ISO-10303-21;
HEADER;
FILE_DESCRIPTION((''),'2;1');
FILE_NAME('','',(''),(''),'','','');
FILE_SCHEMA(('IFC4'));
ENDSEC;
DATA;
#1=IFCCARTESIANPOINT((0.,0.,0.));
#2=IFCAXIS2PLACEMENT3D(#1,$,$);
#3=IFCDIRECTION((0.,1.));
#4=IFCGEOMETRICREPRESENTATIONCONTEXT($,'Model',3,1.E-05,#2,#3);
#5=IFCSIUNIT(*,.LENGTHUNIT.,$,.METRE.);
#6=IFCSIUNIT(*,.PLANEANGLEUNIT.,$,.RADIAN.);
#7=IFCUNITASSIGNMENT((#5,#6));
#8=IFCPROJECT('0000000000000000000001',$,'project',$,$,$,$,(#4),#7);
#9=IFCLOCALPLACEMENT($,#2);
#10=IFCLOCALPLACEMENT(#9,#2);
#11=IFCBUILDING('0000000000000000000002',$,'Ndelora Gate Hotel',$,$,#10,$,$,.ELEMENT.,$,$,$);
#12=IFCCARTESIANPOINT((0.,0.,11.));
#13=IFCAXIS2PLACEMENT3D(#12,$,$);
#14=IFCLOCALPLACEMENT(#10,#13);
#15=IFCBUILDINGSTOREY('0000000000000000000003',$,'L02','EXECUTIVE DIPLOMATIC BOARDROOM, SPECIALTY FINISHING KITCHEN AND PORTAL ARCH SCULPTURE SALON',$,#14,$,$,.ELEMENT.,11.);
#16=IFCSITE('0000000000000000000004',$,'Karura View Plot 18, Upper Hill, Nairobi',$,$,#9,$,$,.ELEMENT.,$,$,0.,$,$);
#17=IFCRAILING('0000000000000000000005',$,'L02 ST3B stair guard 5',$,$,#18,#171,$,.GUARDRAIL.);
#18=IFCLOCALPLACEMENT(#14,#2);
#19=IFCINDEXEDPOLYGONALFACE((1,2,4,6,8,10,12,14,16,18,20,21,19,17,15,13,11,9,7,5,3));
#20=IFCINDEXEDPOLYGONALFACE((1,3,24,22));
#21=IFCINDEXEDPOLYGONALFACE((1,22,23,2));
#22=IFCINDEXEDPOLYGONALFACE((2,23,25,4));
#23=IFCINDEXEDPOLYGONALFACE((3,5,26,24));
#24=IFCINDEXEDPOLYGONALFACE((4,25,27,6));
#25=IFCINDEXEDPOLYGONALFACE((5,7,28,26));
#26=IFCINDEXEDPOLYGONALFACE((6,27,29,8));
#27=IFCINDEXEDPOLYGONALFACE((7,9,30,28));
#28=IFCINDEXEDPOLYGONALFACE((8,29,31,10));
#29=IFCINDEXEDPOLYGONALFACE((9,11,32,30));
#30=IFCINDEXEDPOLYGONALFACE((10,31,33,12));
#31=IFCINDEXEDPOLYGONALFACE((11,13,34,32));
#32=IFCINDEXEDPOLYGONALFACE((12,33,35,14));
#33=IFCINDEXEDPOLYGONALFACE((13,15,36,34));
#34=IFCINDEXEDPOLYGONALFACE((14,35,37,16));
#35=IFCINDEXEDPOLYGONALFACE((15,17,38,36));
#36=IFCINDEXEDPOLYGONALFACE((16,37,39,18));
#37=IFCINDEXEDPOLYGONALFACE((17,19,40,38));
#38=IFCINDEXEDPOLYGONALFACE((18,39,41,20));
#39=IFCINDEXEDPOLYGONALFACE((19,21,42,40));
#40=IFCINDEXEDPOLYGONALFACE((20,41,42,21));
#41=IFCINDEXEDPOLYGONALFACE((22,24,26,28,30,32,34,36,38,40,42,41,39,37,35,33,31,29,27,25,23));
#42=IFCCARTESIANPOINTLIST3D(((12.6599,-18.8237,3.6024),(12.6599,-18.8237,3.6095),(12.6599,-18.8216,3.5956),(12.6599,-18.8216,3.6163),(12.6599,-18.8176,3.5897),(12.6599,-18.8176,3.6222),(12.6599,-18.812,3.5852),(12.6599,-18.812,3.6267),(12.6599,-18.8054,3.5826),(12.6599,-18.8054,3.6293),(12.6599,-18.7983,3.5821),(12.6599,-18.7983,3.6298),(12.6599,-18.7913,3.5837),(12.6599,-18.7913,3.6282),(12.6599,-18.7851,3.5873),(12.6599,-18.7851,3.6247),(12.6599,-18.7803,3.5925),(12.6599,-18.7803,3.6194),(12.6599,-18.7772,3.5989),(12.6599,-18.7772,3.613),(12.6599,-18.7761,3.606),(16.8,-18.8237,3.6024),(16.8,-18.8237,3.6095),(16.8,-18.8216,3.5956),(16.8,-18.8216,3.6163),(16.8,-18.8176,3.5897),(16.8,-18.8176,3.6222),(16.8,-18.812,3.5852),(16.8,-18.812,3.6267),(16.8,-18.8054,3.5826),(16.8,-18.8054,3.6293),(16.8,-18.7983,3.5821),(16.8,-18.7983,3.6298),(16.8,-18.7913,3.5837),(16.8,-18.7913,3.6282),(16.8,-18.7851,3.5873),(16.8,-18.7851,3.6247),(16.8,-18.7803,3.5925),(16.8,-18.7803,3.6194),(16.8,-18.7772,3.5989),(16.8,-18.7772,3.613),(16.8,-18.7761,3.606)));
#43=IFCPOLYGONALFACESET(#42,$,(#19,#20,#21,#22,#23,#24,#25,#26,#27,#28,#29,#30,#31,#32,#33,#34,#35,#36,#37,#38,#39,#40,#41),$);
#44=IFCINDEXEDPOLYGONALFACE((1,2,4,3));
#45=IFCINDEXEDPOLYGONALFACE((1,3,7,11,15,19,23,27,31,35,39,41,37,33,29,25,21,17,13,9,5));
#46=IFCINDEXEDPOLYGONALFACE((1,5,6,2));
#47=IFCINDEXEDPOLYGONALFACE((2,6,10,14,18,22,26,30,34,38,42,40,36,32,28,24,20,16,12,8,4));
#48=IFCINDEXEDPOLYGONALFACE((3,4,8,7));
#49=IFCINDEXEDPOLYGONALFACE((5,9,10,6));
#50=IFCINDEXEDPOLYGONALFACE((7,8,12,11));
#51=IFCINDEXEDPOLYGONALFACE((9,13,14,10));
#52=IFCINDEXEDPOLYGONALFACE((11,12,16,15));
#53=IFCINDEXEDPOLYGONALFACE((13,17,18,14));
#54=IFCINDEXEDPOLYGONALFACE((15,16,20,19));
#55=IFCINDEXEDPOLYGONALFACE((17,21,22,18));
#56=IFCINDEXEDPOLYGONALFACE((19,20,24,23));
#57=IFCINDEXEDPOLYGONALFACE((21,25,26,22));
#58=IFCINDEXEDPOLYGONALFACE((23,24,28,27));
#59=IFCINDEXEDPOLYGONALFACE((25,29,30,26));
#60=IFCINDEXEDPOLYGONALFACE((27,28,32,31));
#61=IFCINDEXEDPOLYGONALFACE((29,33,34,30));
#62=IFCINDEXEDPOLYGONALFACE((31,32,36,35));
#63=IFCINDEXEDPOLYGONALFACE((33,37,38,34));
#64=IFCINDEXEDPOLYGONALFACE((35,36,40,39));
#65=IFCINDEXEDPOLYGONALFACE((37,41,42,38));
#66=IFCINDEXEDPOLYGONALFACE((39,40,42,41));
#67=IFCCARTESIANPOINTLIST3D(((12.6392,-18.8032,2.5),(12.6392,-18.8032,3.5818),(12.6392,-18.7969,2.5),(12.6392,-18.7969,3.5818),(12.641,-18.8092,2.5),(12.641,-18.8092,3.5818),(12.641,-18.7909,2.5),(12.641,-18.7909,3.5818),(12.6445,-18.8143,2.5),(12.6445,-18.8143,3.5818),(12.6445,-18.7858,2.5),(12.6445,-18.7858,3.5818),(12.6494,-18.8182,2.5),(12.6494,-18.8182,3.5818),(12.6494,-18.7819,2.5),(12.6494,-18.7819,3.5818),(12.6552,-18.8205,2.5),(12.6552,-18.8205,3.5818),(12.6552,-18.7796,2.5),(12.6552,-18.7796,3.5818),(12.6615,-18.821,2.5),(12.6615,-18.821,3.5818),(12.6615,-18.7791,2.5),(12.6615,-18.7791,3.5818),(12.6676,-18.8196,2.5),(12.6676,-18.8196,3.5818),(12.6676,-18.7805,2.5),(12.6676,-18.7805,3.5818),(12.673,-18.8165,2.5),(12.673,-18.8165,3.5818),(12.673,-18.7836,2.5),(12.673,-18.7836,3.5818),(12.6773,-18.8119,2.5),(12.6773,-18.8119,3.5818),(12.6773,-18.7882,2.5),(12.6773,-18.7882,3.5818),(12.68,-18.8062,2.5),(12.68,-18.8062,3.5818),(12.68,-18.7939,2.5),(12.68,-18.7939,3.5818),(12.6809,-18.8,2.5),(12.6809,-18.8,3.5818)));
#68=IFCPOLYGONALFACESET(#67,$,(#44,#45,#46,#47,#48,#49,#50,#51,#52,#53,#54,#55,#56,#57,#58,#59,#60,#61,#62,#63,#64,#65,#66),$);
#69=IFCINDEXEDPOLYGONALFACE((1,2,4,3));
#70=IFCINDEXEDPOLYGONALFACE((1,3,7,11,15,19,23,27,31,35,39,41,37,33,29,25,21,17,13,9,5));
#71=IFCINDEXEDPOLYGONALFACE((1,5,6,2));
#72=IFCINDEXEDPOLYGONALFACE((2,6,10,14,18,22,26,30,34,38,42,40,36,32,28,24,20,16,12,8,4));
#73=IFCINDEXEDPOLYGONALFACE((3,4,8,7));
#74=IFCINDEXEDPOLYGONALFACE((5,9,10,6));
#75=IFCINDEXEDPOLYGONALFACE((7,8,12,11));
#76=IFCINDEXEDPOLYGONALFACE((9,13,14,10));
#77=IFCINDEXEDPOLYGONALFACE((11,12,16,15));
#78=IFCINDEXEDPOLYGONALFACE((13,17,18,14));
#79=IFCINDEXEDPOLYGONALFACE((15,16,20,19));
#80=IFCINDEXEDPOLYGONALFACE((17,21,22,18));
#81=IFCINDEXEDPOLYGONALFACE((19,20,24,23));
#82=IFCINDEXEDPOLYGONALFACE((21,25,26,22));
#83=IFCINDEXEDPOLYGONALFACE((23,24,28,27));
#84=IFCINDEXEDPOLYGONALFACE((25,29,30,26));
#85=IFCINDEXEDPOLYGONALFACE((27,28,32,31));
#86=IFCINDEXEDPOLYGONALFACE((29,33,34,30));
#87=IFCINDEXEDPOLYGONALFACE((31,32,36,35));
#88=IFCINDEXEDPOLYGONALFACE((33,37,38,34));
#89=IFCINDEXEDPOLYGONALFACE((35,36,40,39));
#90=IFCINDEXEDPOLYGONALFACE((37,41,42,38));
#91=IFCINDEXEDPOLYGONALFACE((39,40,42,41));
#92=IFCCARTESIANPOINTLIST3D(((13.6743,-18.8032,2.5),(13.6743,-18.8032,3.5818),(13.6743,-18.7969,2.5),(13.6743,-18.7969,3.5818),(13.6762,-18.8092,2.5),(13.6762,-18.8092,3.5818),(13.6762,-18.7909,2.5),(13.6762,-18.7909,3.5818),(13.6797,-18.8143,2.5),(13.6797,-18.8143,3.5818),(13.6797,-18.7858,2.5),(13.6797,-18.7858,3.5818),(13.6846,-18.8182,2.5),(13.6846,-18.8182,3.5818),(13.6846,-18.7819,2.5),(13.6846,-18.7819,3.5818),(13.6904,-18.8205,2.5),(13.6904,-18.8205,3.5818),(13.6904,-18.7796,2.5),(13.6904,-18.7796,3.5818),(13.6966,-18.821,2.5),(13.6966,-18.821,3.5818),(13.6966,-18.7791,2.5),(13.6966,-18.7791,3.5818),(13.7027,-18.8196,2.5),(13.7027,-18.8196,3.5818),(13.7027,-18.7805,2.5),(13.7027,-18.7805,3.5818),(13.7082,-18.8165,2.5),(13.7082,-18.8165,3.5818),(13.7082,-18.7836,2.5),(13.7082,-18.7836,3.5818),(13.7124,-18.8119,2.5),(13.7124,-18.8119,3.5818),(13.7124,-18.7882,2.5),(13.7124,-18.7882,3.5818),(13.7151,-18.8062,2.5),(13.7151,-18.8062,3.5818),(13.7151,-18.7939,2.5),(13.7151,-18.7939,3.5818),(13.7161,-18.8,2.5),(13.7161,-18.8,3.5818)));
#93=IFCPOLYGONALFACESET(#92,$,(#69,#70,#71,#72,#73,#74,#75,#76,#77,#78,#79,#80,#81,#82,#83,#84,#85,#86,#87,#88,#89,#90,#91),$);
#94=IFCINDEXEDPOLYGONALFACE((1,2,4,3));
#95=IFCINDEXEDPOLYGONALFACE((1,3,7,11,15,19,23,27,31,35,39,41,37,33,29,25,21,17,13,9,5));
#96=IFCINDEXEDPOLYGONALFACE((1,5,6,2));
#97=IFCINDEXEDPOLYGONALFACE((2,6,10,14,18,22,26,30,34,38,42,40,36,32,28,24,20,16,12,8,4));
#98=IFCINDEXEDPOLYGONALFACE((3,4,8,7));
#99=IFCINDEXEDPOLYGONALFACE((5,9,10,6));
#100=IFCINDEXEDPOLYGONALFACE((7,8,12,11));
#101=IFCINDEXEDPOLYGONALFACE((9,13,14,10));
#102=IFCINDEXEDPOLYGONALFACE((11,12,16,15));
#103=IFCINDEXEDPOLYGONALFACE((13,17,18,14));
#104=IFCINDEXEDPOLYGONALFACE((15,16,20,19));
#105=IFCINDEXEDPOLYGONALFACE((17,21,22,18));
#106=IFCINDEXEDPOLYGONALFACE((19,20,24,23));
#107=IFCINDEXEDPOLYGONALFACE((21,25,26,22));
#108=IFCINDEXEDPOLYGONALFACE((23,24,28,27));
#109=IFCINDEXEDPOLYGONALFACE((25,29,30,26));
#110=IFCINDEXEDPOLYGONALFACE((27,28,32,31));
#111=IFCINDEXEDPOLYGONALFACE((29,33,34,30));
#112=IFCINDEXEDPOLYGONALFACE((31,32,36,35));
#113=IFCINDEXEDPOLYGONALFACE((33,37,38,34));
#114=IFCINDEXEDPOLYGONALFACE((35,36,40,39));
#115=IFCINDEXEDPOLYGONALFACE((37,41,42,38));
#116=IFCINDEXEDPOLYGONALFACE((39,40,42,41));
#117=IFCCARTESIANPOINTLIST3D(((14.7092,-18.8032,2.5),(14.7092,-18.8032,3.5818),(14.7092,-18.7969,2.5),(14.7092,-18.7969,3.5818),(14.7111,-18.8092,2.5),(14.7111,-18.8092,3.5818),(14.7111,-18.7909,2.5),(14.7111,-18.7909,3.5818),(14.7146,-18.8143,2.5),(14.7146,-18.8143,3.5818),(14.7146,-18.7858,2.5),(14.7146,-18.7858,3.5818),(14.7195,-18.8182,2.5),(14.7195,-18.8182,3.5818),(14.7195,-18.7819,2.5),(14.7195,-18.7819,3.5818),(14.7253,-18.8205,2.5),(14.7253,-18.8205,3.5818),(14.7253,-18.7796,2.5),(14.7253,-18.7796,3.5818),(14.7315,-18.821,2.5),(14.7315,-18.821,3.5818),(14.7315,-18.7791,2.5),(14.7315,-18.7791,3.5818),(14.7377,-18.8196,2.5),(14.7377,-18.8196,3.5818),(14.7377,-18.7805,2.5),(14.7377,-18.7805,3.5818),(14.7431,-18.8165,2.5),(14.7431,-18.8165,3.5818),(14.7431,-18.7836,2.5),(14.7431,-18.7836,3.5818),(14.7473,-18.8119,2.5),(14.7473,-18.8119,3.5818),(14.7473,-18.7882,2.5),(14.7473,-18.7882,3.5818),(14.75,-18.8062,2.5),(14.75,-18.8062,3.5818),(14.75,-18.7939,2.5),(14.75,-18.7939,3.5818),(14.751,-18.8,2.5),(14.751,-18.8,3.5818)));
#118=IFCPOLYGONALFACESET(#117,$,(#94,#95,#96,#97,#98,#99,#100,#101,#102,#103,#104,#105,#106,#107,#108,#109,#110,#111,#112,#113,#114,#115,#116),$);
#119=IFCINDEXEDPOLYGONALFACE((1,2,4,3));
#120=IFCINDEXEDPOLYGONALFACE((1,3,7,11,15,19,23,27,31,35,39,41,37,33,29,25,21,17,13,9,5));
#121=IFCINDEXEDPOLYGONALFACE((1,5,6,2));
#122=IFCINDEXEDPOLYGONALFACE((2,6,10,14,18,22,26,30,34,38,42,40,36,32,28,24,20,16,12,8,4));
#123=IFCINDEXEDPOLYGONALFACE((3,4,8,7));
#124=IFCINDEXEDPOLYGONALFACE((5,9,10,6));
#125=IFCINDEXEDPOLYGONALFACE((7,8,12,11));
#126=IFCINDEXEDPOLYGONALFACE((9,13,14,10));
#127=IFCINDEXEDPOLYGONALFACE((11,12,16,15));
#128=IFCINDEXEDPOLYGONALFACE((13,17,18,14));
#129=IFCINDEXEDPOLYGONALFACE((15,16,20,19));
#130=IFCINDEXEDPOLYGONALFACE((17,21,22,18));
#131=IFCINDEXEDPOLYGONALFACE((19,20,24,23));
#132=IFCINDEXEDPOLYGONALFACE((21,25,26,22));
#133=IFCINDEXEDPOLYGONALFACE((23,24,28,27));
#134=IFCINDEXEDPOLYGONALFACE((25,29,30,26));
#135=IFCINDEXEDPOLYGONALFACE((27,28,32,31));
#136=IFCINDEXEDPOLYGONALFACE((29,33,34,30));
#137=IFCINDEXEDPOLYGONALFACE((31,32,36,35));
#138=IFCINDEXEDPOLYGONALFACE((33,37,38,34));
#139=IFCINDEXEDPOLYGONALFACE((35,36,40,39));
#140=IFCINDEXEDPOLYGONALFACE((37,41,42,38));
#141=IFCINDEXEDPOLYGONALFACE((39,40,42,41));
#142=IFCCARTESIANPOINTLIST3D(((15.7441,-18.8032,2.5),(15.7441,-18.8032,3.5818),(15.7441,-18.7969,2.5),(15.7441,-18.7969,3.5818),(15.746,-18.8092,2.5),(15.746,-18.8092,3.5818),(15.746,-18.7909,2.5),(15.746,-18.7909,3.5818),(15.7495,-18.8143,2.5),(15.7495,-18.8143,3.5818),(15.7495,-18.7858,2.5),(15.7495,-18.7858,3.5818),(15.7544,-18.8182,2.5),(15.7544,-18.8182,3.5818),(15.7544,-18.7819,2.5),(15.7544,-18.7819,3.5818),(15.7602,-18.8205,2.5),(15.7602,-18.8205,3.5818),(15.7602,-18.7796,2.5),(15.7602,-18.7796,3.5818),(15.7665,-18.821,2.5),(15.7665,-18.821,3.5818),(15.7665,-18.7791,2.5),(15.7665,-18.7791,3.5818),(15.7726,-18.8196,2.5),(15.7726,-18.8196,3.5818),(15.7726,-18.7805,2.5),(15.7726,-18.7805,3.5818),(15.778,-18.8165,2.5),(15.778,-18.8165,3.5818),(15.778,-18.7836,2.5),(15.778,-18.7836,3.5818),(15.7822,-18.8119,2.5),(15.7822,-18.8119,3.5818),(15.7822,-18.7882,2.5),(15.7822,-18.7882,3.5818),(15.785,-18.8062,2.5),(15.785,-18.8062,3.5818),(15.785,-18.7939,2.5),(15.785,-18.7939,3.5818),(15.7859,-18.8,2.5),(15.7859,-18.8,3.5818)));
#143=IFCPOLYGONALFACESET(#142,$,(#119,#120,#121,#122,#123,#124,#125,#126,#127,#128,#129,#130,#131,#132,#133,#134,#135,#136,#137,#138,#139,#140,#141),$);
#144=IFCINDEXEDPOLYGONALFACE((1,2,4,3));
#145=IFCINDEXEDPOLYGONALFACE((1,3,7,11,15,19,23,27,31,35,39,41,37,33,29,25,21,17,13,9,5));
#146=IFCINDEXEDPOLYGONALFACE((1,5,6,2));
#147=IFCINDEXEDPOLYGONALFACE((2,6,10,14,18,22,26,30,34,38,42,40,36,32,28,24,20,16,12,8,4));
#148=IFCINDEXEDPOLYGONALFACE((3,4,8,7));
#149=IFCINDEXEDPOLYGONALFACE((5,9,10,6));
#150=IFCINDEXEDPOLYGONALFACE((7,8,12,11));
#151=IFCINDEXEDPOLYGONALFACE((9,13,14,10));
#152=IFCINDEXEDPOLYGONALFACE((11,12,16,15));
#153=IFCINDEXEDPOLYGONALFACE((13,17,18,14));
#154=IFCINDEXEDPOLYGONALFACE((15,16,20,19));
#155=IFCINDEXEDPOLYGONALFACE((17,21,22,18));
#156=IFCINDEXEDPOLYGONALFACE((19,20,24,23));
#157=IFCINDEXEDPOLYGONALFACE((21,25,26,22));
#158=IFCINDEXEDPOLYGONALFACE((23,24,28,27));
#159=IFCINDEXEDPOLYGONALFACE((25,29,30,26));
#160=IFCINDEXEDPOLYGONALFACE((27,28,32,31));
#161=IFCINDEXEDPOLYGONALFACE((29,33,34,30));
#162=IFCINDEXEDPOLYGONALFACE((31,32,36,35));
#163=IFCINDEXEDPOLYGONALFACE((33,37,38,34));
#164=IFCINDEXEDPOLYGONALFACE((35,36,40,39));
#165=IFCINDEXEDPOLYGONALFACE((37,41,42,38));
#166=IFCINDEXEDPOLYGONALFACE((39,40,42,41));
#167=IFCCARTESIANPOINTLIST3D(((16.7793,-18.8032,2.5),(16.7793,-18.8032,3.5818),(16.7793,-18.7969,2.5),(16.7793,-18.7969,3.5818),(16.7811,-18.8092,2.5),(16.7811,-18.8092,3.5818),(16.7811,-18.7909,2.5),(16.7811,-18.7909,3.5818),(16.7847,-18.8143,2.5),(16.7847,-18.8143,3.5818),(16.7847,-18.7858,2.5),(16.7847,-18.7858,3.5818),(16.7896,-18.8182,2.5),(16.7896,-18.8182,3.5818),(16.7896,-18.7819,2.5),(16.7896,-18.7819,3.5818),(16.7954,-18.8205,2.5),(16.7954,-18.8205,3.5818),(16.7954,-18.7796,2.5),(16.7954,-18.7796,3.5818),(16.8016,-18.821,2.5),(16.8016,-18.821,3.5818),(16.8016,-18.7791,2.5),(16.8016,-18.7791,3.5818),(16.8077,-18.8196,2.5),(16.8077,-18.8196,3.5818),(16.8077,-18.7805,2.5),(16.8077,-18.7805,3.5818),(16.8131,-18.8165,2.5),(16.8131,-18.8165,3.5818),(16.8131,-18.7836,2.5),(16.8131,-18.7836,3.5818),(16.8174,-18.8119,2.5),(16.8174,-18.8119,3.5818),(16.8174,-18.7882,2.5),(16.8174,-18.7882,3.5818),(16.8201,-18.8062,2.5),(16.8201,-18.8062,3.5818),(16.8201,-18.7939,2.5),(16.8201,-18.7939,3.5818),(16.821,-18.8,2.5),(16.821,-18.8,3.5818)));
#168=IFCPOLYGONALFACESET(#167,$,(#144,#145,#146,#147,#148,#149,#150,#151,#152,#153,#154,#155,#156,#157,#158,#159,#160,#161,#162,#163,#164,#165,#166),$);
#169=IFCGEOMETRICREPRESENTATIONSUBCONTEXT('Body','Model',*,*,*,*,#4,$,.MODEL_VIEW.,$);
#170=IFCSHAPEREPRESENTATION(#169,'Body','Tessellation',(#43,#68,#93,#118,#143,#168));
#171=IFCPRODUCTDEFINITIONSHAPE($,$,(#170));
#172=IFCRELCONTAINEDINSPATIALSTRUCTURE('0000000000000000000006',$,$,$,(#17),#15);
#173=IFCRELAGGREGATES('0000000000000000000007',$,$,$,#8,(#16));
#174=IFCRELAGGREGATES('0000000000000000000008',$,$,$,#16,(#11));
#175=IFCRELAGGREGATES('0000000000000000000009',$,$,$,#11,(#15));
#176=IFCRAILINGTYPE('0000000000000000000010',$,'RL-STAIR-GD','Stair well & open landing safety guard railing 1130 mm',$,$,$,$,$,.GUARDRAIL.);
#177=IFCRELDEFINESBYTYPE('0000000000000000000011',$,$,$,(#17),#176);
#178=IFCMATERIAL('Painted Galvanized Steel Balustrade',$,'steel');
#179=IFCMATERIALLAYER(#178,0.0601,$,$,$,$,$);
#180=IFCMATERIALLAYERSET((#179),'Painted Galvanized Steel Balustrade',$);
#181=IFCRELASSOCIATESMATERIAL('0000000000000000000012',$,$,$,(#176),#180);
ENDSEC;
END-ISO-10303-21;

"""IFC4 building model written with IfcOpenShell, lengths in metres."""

from ifc_helpers import new_model, si_unit, direction, frame, origin, origin_2d, place, context, subcontext, project, spatial, circle, extrude, material, layer, layer_set, type_object, element, save


model = new_model("IFC4")

# Units and contexts
model_context = context("Model", 3, precision=1e-05, world=origin(), true_north=direction((0.0, 1.0)))
body_context = subcontext(model_context, "Body", "Model", "MODEL_VIEW")
ifc_project = project(units=[si_unit("LENGTHUNIT", "METRE"), si_unit("PLANEANGLEUNIT", "RADIAN")], contexts=[model_context])

# Site, building, storey
site_placement = place(None, origin())
site = spatial("IfcSite", under=ifc_project, at=site_placement, Name="Karura View Plot 18, Upper Hill, Nairobi", CompositionType="ELEMENT", RefElevation=0.0)
building_placement = place(site_placement, origin())
building = spatial("IfcBuilding", under=site, at=building_placement, Name="Ndelora Gate Hotel", CompositionType="ELEMENT")
storey_placement = place(building_placement, frame((0.0, 0.0, 11.0)))
storey = spatial("IfcBuildingStorey", under=building, at=storey_placement, Name="L02", Description="EXECUTIVE DIPLOMATIC BOARDROOM, SPECIALTY FINISHING KITCHEN AND PORTAL ARCH SCULPTURE SALON", CompositionType="ELEMENT", Elevation=11.0)

# Railing
ifc_material_1 = material(Name="Painted Galvanized Steel Balustrade", Category="steel")
ifc_layer_1 = layer(ifc_material_1, 0.0601)
ifc_layer_set_1 = layer_set([ifc_layer_1], Name="Painted Galvanized Steel Balustrade")
railing_type_1 = type_object("IfcRailingType", Name="RL-STAIR-GD", Description="Stair well & open landing safety guard railing 1130 mm", PredefinedType="GUARDRAIL", material=ifc_layer_set_1)
railing_1_placement = place(storey_placement, frame((12.6599, -18.8, 2.5)))
element("IfcRailing", 1, at=railing_1_placement, inside=storey, type_object=railing_type_1, Name="L02 ST3B stair guard 5", PredefinedType="GUARDRAIL", context=body_context, shape_type="SweptSolid", body=[
    extrude(circle(Radius=0.0239, at=origin_2d()), frame((0.0, 0.0, 1.106), z_axis=(1.0, 0.0, 0.0), x_axis=(0.0, 1.0, 0.0)), (0.0, 0.0, 1.0), 4.1401),
    extrude(circle(Radius=0.021, at=origin_2d()), origin(), (0.0, 0.0, 1.0), 1.0818),
    extrude(circle(Radius=0.021, at=origin_2d()), frame((1.0352, 0.0, 0.0)), (0.0, 0.0, 1.0), 1.0818),
    extrude(circle(Radius=0.021, at=origin_2d()), frame((2.0701, 0.0, 0.0)), (0.0, 0.0, 1.0), 1.0818),
    extrude(circle(Radius=0.021, at=origin_2d()), frame((3.105, 0.0, 0.0)), (0.0, 0.0, 1.0), 1.0818),
    extrude(circle(Radius=0.021, at=origin_2d()), frame((4.1401, 0.0, 0.0)), (0.0, 0.0, 1.0), 1.0818),
])

save(model, "model.ifc")
